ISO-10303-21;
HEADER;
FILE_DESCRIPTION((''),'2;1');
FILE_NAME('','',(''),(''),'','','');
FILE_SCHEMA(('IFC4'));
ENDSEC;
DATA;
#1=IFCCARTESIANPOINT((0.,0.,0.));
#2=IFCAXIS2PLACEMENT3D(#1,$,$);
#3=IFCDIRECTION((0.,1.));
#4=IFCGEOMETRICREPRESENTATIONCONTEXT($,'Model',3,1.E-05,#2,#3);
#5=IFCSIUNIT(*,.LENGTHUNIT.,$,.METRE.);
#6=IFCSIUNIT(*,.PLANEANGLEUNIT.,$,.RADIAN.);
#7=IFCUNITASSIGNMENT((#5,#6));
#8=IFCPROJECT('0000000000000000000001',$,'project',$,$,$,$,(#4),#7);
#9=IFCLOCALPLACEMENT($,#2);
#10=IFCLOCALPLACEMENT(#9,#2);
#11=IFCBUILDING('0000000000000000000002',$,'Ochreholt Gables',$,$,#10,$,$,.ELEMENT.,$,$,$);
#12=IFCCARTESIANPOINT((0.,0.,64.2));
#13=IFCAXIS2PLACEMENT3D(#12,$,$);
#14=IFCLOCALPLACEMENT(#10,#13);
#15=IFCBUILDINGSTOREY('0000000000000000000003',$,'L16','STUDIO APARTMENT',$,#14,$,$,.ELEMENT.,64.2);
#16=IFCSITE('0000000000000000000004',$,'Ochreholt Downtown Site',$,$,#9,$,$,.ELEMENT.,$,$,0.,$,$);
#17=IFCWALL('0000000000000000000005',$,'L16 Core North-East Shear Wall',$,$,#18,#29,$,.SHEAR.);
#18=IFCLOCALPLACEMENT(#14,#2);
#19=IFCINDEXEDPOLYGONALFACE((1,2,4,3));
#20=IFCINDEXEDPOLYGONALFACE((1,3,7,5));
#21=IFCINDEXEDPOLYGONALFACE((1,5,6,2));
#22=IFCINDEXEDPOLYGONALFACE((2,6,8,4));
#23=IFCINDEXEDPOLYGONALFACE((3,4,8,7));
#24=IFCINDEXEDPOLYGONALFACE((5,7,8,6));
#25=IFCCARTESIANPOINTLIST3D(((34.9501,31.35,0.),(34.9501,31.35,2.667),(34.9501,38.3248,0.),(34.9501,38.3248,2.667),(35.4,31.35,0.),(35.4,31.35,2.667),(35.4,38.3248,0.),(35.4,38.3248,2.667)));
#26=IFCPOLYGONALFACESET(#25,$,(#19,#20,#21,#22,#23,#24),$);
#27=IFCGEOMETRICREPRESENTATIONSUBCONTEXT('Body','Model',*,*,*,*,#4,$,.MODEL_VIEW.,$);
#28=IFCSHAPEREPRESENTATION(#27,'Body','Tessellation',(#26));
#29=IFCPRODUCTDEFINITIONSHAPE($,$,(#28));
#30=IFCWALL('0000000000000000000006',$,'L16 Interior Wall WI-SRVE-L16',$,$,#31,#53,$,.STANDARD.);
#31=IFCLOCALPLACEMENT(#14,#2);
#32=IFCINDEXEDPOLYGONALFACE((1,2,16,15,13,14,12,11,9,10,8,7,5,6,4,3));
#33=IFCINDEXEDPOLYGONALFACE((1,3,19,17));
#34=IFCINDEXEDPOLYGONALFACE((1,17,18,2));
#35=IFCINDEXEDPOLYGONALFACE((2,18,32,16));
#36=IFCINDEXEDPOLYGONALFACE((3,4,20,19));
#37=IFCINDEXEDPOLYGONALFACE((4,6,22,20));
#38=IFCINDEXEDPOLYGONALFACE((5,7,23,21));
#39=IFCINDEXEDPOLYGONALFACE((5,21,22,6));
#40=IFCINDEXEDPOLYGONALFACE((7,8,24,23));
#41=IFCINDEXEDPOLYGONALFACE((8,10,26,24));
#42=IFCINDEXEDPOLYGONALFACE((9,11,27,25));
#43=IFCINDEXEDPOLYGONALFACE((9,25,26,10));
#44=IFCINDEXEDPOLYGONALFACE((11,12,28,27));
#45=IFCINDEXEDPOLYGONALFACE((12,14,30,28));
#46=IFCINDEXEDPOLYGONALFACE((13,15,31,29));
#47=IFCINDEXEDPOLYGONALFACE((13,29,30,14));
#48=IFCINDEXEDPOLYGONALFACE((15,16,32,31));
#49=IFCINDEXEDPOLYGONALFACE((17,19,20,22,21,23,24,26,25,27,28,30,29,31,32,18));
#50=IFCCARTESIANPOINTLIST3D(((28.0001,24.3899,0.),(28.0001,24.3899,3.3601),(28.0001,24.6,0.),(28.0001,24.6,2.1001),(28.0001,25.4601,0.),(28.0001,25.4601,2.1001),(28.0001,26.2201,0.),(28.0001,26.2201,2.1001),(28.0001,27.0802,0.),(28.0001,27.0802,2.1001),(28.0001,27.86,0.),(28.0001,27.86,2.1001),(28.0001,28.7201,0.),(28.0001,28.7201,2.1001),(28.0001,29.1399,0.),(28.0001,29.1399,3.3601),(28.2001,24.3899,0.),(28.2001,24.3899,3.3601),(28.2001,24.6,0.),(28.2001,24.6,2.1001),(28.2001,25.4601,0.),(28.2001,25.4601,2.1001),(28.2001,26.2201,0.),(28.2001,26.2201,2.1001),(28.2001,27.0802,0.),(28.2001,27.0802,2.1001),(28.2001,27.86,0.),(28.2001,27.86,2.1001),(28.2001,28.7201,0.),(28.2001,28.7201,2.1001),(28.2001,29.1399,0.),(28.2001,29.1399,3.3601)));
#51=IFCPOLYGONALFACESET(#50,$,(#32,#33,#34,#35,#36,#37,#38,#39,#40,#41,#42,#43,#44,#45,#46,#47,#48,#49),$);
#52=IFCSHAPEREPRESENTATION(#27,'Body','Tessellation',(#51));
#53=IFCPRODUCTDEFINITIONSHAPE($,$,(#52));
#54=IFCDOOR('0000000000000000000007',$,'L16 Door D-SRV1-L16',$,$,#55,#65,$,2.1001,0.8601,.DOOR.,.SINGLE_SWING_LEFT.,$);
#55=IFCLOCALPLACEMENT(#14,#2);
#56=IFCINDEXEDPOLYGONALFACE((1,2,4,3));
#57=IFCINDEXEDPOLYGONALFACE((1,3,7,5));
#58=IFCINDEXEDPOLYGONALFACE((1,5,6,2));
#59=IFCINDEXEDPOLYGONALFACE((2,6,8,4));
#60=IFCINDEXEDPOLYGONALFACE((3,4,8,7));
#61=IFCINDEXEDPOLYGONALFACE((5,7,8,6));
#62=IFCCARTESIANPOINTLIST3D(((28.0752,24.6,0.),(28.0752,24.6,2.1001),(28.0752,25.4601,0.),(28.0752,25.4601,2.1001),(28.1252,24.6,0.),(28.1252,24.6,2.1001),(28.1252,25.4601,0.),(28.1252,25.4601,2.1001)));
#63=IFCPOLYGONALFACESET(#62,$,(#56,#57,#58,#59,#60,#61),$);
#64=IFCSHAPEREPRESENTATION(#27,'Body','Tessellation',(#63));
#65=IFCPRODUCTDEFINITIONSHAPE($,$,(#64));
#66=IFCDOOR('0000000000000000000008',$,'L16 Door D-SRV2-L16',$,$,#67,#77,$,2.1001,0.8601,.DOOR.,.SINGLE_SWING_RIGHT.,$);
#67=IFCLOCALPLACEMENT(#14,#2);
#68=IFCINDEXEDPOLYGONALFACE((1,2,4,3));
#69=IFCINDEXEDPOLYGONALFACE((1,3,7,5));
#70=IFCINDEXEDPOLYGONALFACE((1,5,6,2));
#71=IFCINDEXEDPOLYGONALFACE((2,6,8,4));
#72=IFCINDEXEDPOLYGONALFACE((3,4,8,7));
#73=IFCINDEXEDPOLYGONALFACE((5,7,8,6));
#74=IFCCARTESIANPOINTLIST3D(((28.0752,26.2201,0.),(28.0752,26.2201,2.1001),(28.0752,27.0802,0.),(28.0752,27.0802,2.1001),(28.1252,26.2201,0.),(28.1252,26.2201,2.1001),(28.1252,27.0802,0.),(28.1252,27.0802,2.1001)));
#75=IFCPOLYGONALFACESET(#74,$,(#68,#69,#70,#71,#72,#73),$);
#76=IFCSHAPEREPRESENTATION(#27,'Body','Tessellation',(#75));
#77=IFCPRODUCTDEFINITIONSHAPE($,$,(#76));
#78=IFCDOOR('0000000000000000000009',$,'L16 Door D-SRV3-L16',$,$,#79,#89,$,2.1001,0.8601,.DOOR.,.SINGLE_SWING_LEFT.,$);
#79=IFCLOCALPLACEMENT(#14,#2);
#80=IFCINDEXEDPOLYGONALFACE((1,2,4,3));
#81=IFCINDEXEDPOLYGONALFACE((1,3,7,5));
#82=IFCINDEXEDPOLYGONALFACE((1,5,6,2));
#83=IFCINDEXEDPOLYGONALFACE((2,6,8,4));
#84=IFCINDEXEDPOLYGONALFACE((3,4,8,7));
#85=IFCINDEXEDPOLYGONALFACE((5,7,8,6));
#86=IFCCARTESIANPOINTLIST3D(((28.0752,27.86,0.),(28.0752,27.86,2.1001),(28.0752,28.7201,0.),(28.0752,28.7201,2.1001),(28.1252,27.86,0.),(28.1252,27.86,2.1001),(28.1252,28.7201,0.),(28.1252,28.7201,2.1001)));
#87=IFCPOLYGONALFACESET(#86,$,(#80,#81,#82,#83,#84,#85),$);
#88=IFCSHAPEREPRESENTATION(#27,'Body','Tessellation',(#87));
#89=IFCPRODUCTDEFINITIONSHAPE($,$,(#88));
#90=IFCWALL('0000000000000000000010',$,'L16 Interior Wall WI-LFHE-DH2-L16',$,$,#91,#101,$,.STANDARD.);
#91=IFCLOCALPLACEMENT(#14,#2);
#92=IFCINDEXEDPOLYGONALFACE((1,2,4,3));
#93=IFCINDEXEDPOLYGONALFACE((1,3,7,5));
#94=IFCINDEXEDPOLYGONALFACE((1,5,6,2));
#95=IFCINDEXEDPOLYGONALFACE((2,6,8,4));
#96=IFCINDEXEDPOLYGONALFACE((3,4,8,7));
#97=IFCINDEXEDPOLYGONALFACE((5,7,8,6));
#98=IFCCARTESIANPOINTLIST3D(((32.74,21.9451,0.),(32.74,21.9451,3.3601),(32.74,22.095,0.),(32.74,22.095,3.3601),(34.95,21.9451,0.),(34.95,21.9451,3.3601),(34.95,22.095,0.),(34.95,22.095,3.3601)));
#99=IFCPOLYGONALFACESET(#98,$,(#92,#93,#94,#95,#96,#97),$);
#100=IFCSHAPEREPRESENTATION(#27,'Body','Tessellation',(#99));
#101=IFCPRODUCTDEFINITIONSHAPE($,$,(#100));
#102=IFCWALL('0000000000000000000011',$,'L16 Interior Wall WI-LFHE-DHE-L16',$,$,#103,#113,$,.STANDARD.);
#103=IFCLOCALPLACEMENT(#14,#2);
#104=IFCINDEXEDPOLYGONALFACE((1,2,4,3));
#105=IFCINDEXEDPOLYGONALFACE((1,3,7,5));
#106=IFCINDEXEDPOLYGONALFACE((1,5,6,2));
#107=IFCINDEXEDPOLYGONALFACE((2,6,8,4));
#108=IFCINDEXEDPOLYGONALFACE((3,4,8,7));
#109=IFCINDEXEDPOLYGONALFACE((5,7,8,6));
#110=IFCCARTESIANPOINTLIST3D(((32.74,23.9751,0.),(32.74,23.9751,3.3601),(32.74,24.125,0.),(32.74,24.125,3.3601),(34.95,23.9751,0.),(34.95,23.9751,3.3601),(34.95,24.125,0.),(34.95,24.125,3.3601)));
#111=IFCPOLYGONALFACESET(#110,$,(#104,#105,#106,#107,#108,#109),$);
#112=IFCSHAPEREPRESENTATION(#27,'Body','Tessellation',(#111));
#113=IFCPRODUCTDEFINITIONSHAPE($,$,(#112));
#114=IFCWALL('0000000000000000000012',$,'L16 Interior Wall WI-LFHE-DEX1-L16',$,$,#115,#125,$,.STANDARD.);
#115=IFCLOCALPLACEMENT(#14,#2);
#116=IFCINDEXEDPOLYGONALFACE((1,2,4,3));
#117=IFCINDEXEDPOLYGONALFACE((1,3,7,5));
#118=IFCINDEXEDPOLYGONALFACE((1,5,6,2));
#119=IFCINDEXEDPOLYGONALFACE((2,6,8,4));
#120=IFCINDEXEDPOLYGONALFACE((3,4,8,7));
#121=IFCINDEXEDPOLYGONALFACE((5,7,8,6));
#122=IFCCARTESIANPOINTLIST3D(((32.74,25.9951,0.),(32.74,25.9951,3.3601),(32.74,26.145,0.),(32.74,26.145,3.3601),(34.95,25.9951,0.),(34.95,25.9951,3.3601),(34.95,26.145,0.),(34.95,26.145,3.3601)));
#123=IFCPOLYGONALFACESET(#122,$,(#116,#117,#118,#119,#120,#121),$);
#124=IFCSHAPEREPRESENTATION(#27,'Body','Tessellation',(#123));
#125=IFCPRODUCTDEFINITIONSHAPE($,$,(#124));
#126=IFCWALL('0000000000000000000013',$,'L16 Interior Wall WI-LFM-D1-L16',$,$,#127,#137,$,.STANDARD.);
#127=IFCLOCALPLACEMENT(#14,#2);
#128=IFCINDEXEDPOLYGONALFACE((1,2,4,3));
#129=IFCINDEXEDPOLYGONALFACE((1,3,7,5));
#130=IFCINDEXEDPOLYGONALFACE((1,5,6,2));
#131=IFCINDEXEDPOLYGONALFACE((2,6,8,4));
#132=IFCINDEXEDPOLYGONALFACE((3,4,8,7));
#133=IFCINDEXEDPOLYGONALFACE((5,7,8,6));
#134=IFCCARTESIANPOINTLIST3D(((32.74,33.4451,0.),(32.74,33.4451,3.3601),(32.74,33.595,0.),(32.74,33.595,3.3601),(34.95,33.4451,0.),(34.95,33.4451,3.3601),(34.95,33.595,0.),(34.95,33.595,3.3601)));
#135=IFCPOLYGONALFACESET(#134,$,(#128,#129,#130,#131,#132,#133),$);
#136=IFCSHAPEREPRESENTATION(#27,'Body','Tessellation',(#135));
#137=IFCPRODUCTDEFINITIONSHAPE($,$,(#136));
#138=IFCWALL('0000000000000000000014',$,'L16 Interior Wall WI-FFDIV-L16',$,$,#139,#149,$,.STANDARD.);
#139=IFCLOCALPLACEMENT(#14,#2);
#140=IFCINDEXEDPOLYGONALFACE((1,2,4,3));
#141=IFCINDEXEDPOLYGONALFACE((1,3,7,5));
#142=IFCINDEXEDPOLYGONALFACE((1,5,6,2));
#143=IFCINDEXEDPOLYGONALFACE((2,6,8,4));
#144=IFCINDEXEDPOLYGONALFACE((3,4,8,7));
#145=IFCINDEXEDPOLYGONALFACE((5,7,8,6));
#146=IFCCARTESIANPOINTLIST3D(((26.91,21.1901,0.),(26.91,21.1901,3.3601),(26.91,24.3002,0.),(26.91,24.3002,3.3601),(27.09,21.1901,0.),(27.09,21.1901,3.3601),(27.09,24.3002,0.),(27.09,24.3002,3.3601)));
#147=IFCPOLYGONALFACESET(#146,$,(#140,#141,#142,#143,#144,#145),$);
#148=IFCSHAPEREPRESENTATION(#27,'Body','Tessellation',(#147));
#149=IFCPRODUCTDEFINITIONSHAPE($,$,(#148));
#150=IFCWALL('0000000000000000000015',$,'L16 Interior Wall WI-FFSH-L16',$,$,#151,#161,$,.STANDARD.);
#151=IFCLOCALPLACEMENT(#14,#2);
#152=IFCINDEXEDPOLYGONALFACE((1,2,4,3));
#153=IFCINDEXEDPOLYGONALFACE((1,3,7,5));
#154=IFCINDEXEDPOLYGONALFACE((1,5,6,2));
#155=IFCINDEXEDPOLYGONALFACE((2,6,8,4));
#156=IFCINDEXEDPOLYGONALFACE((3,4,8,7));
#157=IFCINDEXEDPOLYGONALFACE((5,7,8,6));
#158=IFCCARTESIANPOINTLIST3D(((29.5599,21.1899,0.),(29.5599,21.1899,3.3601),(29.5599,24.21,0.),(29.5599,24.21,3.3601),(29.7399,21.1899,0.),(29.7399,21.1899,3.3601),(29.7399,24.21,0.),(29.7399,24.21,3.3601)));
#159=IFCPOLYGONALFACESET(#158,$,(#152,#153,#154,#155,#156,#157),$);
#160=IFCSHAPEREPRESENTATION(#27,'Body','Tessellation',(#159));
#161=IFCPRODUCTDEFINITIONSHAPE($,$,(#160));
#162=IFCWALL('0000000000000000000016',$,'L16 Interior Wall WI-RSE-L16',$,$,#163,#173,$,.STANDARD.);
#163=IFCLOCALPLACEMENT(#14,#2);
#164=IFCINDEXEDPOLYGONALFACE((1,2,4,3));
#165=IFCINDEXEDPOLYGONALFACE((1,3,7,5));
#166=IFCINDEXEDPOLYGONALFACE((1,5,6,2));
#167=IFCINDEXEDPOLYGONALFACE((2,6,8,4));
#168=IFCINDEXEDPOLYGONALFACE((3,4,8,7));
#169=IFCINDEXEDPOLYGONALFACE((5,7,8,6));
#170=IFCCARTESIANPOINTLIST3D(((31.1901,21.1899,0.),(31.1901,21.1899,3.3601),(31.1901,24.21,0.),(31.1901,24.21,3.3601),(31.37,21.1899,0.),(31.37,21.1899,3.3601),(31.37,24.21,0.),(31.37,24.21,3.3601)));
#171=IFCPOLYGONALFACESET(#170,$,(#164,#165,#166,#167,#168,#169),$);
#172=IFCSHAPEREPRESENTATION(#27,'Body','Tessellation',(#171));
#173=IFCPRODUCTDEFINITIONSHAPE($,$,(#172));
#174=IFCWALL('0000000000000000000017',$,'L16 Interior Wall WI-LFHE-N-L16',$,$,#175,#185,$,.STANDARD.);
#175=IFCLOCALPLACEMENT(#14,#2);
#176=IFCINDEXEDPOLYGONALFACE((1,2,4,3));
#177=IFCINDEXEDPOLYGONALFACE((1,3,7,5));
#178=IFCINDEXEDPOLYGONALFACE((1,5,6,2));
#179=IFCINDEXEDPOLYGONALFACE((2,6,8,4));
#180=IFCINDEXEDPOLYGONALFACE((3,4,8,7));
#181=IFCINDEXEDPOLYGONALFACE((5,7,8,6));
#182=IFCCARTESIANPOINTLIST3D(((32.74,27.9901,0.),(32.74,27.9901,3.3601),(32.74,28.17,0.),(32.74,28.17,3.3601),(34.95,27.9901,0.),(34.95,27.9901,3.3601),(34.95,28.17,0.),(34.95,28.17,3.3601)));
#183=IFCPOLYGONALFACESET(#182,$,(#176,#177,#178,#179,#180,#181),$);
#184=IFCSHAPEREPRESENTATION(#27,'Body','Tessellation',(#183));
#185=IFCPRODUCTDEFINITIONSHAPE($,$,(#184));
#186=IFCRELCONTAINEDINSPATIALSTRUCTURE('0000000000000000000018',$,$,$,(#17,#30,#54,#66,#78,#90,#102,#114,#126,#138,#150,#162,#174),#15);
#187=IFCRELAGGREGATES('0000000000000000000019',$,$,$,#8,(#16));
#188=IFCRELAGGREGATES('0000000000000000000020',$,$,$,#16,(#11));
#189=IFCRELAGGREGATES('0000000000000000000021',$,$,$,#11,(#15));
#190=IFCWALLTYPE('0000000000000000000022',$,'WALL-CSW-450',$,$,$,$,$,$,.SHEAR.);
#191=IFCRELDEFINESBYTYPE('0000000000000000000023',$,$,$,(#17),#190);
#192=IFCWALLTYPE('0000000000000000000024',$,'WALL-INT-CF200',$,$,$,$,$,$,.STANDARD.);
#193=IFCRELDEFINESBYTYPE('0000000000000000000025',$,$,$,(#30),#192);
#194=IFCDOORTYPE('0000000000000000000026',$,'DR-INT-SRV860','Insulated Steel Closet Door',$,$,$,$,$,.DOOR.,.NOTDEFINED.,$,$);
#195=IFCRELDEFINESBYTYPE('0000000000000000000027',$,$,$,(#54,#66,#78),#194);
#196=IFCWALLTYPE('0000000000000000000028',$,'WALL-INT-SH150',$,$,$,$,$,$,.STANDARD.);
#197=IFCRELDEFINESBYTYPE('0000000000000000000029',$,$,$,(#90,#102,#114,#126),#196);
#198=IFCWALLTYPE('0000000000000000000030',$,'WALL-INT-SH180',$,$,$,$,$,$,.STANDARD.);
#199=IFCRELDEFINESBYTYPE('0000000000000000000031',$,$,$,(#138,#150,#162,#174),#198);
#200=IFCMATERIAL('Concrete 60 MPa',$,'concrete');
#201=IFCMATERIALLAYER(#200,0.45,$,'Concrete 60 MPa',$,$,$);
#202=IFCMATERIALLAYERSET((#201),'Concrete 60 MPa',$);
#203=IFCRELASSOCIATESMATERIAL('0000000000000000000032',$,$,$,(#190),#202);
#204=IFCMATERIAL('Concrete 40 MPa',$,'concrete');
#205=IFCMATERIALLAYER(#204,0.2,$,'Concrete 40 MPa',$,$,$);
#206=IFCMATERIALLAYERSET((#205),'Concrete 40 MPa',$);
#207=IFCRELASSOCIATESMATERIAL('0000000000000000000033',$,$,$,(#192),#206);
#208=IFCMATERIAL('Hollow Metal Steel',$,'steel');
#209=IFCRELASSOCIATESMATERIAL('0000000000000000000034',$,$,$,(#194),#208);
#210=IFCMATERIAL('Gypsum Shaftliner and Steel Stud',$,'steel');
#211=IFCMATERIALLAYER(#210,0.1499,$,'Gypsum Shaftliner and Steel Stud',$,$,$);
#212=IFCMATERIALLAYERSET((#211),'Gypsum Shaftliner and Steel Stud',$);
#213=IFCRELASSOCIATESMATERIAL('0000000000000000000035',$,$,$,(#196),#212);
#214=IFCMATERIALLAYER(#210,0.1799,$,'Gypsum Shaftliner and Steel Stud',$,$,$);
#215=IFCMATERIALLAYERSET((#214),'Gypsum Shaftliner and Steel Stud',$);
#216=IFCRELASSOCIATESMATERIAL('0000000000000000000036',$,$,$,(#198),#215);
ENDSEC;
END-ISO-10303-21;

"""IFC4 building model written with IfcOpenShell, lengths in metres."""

from ifc_helpers import new_model, si_unit, direction, frame, frame_2d, origin, place, context, subcontext, project, spatial, rectangle, extrude, material, layer, layer_set, type_object, element, fill, save


model = new_model("IFC4")

# Units and contexts
model_context = context("Model", 3, precision=1e-05, world=origin(), true_north=direction((0.0, 1.0)))
body_context = subcontext(model_context, "Body", "Model", "MODEL_VIEW")
ifc_project = project(units=[si_unit("LENGTHUNIT", "METRE"), si_unit("PLANEANGLEUNIT", "RADIAN")], contexts=[model_context])

# Site, building, storey
site_placement = place(None, origin())
site = spatial("IfcSite", under=ifc_project, at=site_placement, Name="Ochreholt Downtown Site", CompositionType="ELEMENT", RefElevation=0.0)
building_placement = place(site_placement, origin())
building = spatial("IfcBuilding", under=site, at=building_placement, Name="Ochreholt Gables", CompositionType="ELEMENT")
storey_placement = place(building_placement, frame((0.0, 0.0, 64.2)))
storey = spatial("IfcBuildingStorey", under=building, at=storey_placement, Name="L16", Description="STUDIO APARTMENT", CompositionType="ELEMENT", Elevation=64.2)

# Wall
ifc_material_1 = material(Name="Concrete 60 MPa", Category="concrete")
ifc_layer_1 = layer(ifc_material_1, 0.45, Name="Concrete 60 MPa")
ifc_layer_set_1 = layer_set([ifc_layer_1], Name="Concrete 60 MPa")
wall_type_1 = type_object("IfcWallType", Name="WALL-CSW-450", PredefinedType="SHEAR", material=ifc_layer_set_1)
wall_1_placement = place(storey_placement, frame((35.175, 31.3501, 0.0), z_axis=(0.0, 0.0, 1.0), x_axis=(0.0, 1.0, 0.0)))
element("IfcWall", 1, at=wall_1_placement, inside=storey, type_object=wall_type_1, Name="L16 Core North-East Shear Wall", PredefinedType="SHEAR", context=body_context, shape_type="SweptSolid", body=[
    extrude(rectangle(XDim=6.9749, YDim=0.45, at=frame_2d((3.4873, 0.0))), origin(), (0.0, 0.0, 1.0), 2.667),
])

# Wall, openings, doors
ifc_material_2 = material(Name="Concrete 40 MPa", Category="concrete")
ifc_layer_2 = layer(ifc_material_2, 0.2, Name="Concrete 40 MPa")
ifc_layer_set_2 = layer_set([ifc_layer_2], Name="Concrete 40 MPa")
wall_type_2 = type_object("IfcWallType", Name="WALL-INT-CF200", PredefinedType="STANDARD", material=ifc_layer_set_2)
wall_2_placement = place(storey_placement, frame((28.1001, 24.3899, 0.0), z_axis=(0.0, 0.0, 1.0), x_axis=(0.0, 1.0, 0.0)))
wall_2 = element("IfcWall", 2, at=wall_2_placement, inside=storey, type_object=wall_type_2, Name="L16 Interior Wall WI-SRVE-L16", PredefinedType="STANDARD", context=body_context, shape_type="SweptSolid", body=[
    extrude(rectangle(XDim=4.75, YDim=0.2, at=frame_2d((2.375, 0.0))), origin(), (0.0, 0.0, 1.0), 3.3601),
])
opening_1_placement = place(wall_2_placement, frame((0.21, 0.0, 0.0)))
opening_1 = element("IfcOpeningElement", 3, at=opening_1_placement, cuts=wall_2, PredefinedType="OPENING", context=body_context, shape_type="SweptSolid", body=[
    extrude(rectangle(XDim=0.8601, YDim=2.1001, at=frame_2d((0.4302, 1.05))), frame((0.0, 0.1099, 0.0), z_axis=(0.0, -1.0, 0.0), x_axis=(1.0, 0.0, 0.0)), (0.0, 0.0, 1.0), 0.22),
])
opening_2_placement = place(wall_2_placement, frame((1.8301, 0.0, 0.0)))
opening_2 = element("IfcOpeningElement", 4, at=opening_2_placement, cuts=wall_2, PredefinedType="OPENING", context=body_context, shape_type="SweptSolid", body=[
    extrude(rectangle(XDim=0.8601, YDim=2.1001, at=frame_2d((0.4302, 1.05))), frame((0.0, 0.1099, 0.0), z_axis=(0.0, -1.0, 0.0), x_axis=(1.0, 0.0, 0.0)), (0.0, 0.0, 1.0), 0.22),
])
opening_3_placement = place(wall_2_placement, frame((3.47, 0.0, 0.0)))
opening_3 = element("IfcOpeningElement", 5, at=opening_3_placement, cuts=wall_2, PredefinedType="OPENING", context=body_context, shape_type="SweptSolid", body=[
    extrude(rectangle(XDim=0.8601, YDim=2.1001, at=frame_2d((0.4302, 1.05))), frame((0.0, 0.1099, 0.0), z_axis=(0.0, -1.0, 0.0), x_axis=(1.0, 0.0, 0.0)), (0.0, 0.0, 1.0), 0.22),
])
ifc_material_3 = material(Name="Hollow Metal Steel", Category="steel")
door_type = type_object("IfcDoorType", Name="DR-INT-SRV860", Description="Insulated Steel Closet Door", OperationType="NOTDEFINED", PredefinedType="DOOR", material=ifc_material_3)
door_1_placement = place(opening_1_placement, origin())
door_1 = element("IfcDoor", 6, at=door_1_placement, inside=storey, type_object=door_type, Name="L16 Door D-SRV1-L16", OperationType="SINGLE_SWING_LEFT", OverallHeight=2.1001, OverallWidth=0.8601, PredefinedType="DOOR", context=body_context, shape_type="SweptSolid", body=[
    extrude(rectangle(XDim=0.8601, YDim=2.1001, at=frame_2d((0.4302, 1.05))), frame((0.0, 0.0249, 0.0), z_axis=(0.0, -1.0, 0.0), x_axis=(1.0, 0.0, 0.0)), (0.0, 0.0, 1.0), 0.05),
])
fill(opening_1, door_1)
door_2_placement = place(opening_2_placement, origin())
door_2 = element("IfcDoor", 7, at=door_2_placement, inside=storey, type_object=door_type, Name="L16 Door D-SRV2-L16", OperationType="SINGLE_SWING_RIGHT", OverallHeight=2.1001, OverallWidth=0.8601, PredefinedType="DOOR", context=body_context, shape_type="SweptSolid", body=[
    extrude(rectangle(XDim=0.8601, YDim=2.1001, at=frame_2d((0.4302, 1.05))), frame((0.0, 0.0249, 0.0), z_axis=(0.0, -1.0, 0.0), x_axis=(1.0, 0.0, 0.0)), (0.0, 0.0, 1.0), 0.05),
])
fill(opening_2, door_2)
door_3_placement = place(opening_3_placement, origin())
door_3 = element("IfcDoor", 8, at=door_3_placement, inside=storey, type_object=door_type, Name="L16 Door D-SRV3-L16", OperationType="SINGLE_SWING_LEFT", OverallHeight=2.1001, OverallWidth=0.8601, PredefinedType="DOOR", context=body_context, shape_type="SweptSolid", body=[
    extrude(rectangle(XDim=0.8601, YDim=2.1001, at=frame_2d((0.4302, 1.05))), frame((0.0, 0.0249, 0.0), z_axis=(0.0, -1.0, 0.0), x_axis=(1.0, 0.0, 0.0)), (0.0, 0.0, 1.0), 0.05),
])
fill(opening_3, door_3)

# Walls
ifc_material_4 = material(Name="Gypsum Shaftliner and Steel Stud", Category="steel")
ifc_layer_3 = layer(ifc_material_4, 0.1499, Name="Gypsum Shaftliner and Steel Stud")
ifc_layer_set_3 = layer_set([ifc_layer_3], Name="Gypsum Shaftliner and Steel Stud")
wall_type_3 = type_object("IfcWallType", Name="WALL-INT-SH150", PredefinedType="STANDARD", material=ifc_layer_set_3)
for number, where, z_axis, x_axis, name in (
    (9, (32.74, 22.02, 0.0), (0.0, 0.0, 1.0), (1.0, 0.0, 0.0), "L16 Interior Wall WI-LFHE-DH2-L16"),
    (10, (32.74, 24.05, 0.0), (0.0, 0.0, 1.0), (1.0, 0.0, 0.0), "L16 Interior Wall WI-LFHE-DHE-L16"),
    (11, (32.74, 26.0701, 0.0), (0.0, 0.0, 1.0), (1.0, 0.0, 0.0), "L16 Interior Wall WI-LFHE-DEX1-L16"),
    (12, (32.74, 33.52, 0.0), (0.0, 0.0, 1.0), (1.0, 0.0, 0.0), "L16 Interior Wall WI-LFM-D1-L16"),
):
    element("IfcWall", number, at=place(storey_placement, frame(where, z_axis=z_axis, x_axis=x_axis)), inside=storey, type_object=wall_type_3, Name=name, PredefinedType="STANDARD", context=body_context, shape_type="SweptSolid", body=[
        extrude(rectangle(XDim=2.21, YDim=0.1499, at=frame_2d((1.105, 0.0))), origin(), (0.0, 0.0, 1.0), 3.3601),
    ])
ifc_layer_4 = layer(ifc_material_4, 0.1799, Name="Gypsum Shaftliner and Steel Stud")
ifc_layer_set_4 = layer_set([ifc_layer_4], Name="Gypsum Shaftliner and Steel Stud")
wall_type_4 = type_object("IfcWallType", Name="WALL-INT-SH180", PredefinedType="STANDARD", material=ifc_layer_set_4)
wall_3_placement = place(storey_placement, frame((27.0, 21.1899, 0.0), z_axis=(0.0, 0.0, 1.0), x_axis=(0.0, 1.0, 0.0)))
element("IfcWall", 13, at=wall_3_placement, inside=storey, type_object=wall_type_4, Name="L16 Interior Wall WI-FFDIV-L16", PredefinedType="STANDARD", context=body_context, shape_type="SweptSolid", body=[
    extrude(rectangle(XDim=3.1101, YDim=0.1799, at=frame_2d((1.5552, 0.0))), origin(), (0.0, 0.0, 1.0), 3.3601),
])
for number, where, z_axis, x_axis, name in (
    (14, (29.6499, 21.1899, 0.0), (0.0, 0.0, 1.0), (0.0, 1.0, 0.0), "L16 Interior Wall WI-FFSH-L16"),
    (15, (31.28, 21.1899, 0.0), (0.0, 0.0, 1.0), (0.0, 1.0, 0.0), "L16 Interior Wall WI-RSE-L16"),
):
    element("IfcWall", number, at=place(storey_placement, frame(where, z_axis=z_axis, x_axis=x_axis)), inside=storey, type_object=wall_type_4, Name=name, PredefinedType="STANDARD", context=body_context, shape_type="SweptSolid", body=[
        extrude(rectangle(XDim=3.02, YDim=0.1799, at=frame_2d((1.51, 0.0))), origin(), (0.0, 0.0, 1.0), 3.3601),
    ])
wall_4_placement = place(storey_placement, frame((32.74, 28.0801, 0.0), z_axis=(0.0, 0.0, 1.0), x_axis=(1.0, 0.0, 0.0)))
element("IfcWall", 16, at=wall_4_placement, inside=storey, type_object=wall_type_4, Name="L16 Interior Wall WI-LFHE-N-L16", PredefinedType="STANDARD", context=body_context, shape_type="SweptSolid", body=[
    extrude(rectangle(XDim=2.21, YDim=0.1799, at=frame_2d((1.105, 0.0))), origin(), (0.0, 0.0, 1.0), 3.3601),
])

save(model, "model.ifc")
